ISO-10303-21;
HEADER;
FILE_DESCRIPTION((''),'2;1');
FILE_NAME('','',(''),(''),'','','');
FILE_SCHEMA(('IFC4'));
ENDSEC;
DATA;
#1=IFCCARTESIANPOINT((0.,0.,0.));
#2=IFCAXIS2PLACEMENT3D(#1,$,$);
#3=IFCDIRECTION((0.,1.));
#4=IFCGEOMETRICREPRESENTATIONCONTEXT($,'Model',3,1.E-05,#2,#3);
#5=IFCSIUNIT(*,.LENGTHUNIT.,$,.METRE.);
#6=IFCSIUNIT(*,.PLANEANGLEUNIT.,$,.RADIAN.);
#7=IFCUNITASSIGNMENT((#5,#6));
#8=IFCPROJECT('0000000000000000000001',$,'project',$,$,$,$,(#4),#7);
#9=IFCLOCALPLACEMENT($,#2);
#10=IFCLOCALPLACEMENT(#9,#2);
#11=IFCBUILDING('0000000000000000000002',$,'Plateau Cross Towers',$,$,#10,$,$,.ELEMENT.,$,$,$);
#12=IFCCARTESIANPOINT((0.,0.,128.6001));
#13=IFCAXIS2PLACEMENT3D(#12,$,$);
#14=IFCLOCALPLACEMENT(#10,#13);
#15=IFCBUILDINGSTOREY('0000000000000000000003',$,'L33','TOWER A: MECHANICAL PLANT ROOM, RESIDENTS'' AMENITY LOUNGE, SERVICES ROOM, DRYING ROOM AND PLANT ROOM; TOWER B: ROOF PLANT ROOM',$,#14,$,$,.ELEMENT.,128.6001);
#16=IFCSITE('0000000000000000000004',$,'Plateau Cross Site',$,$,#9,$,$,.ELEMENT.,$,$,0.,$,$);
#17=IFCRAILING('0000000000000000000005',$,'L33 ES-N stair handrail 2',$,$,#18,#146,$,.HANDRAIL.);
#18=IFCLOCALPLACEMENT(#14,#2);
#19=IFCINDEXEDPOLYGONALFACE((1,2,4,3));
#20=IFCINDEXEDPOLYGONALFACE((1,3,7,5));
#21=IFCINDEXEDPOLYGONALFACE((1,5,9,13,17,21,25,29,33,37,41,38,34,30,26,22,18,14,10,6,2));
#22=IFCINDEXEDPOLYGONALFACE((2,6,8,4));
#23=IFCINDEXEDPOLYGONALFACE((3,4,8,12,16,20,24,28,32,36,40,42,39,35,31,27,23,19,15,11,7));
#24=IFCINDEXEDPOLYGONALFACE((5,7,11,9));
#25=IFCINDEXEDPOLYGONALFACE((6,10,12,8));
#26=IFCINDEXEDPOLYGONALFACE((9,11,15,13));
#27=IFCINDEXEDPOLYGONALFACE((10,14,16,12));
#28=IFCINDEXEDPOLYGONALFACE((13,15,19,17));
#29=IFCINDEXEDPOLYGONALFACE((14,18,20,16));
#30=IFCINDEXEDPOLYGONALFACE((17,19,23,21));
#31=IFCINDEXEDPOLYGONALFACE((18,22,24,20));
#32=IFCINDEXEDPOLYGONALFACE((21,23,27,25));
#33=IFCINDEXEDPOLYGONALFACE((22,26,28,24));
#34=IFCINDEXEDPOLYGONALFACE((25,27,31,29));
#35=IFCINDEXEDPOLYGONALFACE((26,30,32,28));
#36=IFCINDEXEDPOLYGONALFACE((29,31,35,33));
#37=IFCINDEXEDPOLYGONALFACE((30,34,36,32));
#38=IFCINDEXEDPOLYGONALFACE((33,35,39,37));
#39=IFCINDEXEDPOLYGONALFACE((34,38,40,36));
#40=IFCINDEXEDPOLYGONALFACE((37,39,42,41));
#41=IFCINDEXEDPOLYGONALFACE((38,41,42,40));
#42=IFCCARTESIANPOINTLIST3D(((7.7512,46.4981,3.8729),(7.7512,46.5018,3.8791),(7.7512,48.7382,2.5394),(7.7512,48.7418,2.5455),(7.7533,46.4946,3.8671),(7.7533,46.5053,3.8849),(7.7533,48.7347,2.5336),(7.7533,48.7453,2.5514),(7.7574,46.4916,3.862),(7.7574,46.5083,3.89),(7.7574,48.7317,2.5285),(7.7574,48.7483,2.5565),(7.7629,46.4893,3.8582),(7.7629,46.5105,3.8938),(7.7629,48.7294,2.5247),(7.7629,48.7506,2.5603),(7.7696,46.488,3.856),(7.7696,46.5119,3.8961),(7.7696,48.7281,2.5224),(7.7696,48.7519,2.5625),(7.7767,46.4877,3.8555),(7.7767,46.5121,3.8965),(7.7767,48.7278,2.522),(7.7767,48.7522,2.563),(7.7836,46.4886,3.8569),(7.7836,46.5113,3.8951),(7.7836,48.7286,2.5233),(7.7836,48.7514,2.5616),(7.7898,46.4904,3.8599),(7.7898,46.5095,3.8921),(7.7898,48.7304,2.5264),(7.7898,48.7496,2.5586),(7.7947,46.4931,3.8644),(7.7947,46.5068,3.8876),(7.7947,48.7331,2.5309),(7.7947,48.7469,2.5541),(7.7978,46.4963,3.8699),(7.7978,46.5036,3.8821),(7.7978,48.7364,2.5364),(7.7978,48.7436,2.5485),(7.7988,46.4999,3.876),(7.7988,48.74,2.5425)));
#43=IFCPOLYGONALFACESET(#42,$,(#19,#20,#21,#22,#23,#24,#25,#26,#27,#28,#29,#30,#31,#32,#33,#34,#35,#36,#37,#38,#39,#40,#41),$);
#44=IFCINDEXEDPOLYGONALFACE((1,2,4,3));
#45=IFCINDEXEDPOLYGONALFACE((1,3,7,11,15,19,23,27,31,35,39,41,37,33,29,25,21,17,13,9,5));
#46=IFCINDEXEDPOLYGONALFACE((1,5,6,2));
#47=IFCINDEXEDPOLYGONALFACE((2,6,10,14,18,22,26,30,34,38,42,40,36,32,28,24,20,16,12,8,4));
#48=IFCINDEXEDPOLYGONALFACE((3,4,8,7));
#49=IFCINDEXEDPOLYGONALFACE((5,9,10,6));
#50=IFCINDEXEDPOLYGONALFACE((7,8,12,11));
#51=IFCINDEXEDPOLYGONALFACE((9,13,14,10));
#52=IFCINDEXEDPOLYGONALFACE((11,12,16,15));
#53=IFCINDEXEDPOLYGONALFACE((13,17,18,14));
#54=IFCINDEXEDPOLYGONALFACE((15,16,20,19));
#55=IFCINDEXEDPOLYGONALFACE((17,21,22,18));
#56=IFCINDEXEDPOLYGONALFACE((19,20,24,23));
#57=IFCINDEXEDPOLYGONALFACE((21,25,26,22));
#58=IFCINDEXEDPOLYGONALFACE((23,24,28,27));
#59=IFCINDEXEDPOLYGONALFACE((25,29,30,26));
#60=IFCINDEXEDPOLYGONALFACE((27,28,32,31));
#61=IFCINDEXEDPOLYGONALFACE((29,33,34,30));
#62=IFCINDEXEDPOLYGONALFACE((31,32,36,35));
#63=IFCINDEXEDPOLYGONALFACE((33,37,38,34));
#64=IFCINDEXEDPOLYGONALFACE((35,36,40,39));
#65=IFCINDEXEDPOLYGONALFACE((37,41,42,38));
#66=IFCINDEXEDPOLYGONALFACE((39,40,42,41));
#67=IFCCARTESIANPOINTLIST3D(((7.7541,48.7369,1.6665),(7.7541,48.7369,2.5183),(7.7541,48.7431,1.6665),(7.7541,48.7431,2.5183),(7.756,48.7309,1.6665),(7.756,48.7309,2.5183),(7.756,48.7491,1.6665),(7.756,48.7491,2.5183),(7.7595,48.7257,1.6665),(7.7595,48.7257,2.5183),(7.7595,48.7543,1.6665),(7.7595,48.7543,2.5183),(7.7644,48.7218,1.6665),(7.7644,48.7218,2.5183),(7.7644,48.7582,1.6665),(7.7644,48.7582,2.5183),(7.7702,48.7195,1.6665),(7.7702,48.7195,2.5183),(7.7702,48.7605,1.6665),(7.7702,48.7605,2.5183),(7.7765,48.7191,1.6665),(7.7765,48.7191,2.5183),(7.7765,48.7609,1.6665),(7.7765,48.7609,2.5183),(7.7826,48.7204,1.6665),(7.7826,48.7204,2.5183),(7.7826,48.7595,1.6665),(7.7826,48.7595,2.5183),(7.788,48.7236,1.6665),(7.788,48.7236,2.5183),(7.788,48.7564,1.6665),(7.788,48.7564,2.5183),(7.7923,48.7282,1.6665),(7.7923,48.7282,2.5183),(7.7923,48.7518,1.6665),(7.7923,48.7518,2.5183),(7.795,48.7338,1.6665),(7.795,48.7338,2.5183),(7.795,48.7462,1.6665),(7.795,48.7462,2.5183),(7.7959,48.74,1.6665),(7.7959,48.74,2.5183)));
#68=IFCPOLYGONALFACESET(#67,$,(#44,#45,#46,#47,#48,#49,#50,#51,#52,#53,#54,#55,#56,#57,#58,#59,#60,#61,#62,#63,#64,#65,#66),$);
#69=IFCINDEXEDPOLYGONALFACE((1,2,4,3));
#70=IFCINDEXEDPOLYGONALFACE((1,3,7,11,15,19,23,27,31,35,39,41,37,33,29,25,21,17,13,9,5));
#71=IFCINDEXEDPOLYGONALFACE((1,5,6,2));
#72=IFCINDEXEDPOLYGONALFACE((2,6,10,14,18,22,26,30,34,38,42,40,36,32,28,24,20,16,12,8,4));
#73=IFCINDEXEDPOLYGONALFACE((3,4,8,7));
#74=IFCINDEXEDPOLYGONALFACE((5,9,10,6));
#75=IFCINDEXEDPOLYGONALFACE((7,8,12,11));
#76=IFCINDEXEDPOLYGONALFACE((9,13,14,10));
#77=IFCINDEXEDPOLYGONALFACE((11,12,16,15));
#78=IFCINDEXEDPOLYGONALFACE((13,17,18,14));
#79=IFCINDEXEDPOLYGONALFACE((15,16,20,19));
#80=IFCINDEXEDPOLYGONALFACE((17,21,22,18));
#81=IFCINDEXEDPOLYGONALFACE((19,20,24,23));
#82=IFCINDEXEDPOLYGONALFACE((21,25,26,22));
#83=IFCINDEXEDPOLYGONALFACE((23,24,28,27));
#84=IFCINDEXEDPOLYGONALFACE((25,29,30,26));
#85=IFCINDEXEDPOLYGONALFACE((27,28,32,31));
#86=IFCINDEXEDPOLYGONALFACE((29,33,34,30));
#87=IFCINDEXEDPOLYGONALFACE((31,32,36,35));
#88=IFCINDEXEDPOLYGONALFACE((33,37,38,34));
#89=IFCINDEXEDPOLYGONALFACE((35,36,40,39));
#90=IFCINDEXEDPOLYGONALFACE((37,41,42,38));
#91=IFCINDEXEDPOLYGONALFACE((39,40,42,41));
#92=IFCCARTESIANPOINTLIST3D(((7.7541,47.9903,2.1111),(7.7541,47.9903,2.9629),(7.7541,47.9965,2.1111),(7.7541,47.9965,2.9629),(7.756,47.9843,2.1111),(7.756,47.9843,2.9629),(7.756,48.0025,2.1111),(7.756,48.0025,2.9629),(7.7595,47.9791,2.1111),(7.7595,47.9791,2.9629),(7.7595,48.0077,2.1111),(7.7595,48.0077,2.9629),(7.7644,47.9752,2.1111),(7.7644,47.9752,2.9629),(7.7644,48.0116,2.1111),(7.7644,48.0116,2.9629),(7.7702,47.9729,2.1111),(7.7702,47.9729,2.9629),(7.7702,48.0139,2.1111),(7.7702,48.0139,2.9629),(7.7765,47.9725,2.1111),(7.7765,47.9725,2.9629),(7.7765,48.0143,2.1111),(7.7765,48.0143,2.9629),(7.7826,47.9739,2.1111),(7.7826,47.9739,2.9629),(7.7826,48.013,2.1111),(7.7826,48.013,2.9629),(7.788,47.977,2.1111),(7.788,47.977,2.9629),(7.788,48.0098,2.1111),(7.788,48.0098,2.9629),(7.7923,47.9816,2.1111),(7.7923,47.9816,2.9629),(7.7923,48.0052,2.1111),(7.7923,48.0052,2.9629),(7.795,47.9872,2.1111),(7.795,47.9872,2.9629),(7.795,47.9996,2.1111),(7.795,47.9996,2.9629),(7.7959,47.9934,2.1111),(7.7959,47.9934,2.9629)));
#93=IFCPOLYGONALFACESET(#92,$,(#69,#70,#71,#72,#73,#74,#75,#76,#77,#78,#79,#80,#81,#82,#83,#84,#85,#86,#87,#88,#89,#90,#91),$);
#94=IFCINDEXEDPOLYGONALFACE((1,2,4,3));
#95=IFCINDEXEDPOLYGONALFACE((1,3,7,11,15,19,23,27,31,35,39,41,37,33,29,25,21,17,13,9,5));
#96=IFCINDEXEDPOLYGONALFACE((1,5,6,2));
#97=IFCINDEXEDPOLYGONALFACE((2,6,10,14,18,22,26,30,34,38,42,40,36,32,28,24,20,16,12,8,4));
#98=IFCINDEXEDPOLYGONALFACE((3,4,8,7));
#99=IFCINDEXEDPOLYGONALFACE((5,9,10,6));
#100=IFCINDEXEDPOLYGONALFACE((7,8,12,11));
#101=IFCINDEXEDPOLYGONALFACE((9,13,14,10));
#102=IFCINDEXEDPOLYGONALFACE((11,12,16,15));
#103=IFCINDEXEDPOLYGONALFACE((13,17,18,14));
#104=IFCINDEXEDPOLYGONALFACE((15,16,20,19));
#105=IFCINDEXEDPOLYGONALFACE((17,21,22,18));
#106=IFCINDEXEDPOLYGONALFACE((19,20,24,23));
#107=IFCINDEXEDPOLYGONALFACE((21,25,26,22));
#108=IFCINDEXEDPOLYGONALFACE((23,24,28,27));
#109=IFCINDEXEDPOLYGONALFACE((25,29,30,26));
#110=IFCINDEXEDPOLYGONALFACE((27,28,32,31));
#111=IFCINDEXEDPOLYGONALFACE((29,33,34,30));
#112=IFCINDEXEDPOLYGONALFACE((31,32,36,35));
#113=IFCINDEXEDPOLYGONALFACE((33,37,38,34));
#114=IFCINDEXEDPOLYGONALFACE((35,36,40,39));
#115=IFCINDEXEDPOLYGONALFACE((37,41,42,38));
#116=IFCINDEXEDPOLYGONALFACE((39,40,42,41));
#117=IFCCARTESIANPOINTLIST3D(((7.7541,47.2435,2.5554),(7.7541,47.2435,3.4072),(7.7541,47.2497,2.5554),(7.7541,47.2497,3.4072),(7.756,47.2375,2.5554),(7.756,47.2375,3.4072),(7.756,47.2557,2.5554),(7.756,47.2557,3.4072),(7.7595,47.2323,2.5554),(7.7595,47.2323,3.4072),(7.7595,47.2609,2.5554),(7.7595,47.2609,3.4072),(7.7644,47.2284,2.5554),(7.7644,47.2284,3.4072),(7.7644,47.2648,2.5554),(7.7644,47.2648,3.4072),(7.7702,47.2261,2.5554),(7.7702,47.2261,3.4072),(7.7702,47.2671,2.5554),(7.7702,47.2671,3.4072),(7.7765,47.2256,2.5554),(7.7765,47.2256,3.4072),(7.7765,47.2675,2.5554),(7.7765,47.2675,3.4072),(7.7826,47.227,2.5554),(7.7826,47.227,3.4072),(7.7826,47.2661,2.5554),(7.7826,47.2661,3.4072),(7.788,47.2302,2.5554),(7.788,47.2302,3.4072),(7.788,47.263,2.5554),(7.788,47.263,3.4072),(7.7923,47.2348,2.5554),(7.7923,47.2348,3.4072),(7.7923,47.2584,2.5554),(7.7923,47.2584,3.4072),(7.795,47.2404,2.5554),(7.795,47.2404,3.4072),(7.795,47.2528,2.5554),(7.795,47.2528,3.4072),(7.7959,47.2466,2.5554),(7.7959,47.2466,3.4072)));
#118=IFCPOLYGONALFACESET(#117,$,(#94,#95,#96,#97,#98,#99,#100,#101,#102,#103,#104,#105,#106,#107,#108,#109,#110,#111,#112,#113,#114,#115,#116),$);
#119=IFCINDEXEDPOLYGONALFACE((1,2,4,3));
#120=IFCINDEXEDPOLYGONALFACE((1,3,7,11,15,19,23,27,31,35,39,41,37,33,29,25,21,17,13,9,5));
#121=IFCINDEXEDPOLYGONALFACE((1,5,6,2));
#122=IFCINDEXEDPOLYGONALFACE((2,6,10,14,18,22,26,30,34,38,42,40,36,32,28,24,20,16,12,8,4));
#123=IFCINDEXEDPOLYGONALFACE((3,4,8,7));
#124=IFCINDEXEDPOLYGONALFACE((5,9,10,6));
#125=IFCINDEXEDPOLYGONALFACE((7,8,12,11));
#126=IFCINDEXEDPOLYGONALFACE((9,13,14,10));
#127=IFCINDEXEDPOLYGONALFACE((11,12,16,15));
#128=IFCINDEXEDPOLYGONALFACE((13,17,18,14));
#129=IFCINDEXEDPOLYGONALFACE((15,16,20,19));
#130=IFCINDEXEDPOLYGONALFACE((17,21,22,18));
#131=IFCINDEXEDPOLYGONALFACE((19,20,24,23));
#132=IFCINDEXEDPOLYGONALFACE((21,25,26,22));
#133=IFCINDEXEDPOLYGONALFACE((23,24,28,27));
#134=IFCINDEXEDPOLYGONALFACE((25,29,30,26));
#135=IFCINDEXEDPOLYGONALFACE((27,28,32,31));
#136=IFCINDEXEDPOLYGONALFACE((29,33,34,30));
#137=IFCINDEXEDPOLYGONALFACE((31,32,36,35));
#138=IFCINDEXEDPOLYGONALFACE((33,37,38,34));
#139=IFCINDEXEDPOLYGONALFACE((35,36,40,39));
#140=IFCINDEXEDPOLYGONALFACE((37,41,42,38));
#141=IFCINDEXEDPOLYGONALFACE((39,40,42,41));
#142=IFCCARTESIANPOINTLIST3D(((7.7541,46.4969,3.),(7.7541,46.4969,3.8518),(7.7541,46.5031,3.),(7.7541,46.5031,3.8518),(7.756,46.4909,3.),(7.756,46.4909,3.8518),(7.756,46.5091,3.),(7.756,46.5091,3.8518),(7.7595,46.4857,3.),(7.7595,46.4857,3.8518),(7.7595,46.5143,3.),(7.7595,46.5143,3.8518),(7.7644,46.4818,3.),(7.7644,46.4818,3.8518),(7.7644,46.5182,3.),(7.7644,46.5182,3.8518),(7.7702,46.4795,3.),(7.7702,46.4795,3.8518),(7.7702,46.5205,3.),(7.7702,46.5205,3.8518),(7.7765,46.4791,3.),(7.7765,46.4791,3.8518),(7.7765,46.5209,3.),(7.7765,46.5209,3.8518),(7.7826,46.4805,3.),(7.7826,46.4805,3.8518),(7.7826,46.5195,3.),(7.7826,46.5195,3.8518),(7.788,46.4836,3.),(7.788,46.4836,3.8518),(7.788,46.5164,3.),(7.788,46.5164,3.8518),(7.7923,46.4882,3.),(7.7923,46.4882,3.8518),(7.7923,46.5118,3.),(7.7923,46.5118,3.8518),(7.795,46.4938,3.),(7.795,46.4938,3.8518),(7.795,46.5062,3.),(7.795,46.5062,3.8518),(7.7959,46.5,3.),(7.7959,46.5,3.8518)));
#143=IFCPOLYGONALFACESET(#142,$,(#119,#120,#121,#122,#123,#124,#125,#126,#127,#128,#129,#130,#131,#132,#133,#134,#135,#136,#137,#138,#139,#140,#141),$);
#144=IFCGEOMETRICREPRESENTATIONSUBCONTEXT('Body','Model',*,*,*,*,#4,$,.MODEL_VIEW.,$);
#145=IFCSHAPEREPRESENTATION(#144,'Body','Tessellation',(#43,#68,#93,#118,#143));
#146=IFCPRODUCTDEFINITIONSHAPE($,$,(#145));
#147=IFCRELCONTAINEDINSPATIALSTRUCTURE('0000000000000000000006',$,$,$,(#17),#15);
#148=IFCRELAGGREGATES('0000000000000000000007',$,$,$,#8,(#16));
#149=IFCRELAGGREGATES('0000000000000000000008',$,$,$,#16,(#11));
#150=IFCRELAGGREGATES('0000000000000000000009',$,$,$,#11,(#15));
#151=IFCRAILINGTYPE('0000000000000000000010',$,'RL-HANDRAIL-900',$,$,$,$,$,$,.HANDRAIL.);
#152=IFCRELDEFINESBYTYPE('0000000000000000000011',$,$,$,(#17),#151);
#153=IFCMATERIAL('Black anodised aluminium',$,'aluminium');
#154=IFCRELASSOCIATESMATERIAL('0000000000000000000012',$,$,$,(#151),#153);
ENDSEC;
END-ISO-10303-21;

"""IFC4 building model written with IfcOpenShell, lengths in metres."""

from ifc_helpers import new_model, si_unit, direction, frame, origin, origin_2d, place, context, subcontext, project, spatial, circle, extrude, material, type_object, element, save


model = new_model("IFC4")

# Units and contexts
model_context = context("Model", 3, precision=1e-05, world=origin(), true_north=direction((0.0, 1.0)))
body_context = subcontext(model_context, "Body", "Model", "MODEL_VIEW")
ifc_project = project(units=[si_unit("LENGTHUNIT", "METRE"), si_unit("PLANEANGLEUNIT", "RADIAN")], contexts=[model_context])

# Site, building, storey
site_placement = place(None, origin())
site = spatial("IfcSite", under=ifc_project, at=site_placement, Name="Plateau Cross Site", CompositionType="ELEMENT", RefElevation=0.0)
building_placement = place(site_placement, origin())
building = spatial("IfcBuilding", under=site, at=building_placement, Name="Plateau Cross Towers", CompositionType="ELEMENT")
storey_placement = place(building_placement, frame((0.0, 0.0, 128.6001)))
storey = spatial("IfcBuildingStorey", under=building, at=storey_placement, Name="L33", Description="TOWER A: MECHANICAL PLANT ROOM, RESIDENTS' AMENITY LOUNGE, SERVICES ROOM, DRYING ROOM AND PLANT ROOM; TOWER B: ROOF PLANT ROOM", CompositionType="ELEMENT", Elevation=128.6001)

# Shared definitions
ifc_material_1 = material(Name="Black anodised aluminium", Category="aluminium")

# Railing
railing_type_1 = type_object("IfcRailingType", Name="RL-HANDRAIL-900", PredefinedType="HANDRAIL", material=ifc_material_1)
for number, where, name in (
    (1, (7.7749, 48.74, 1.6665), "L33 ES-N stair handrail 2"),
):
    element("IfcRailing", number, at=place(storey_placement, frame(where)), inside=storey, type_object=railing_type_1, Name=name, PredefinedType="HANDRAIL", context=body_context, shape_type="SweptSolid", body=[
        extrude(circle(Radius=0.0239, at=origin_2d()), frame((0.0, 0.0, 0.876), z_axis=(0.0, -0.859264, 0.511532), x_axis=(1.0, 0.0, 0.0)), (0.0, 0.0, 1.0), 2.6069),
        extrude(circle(Radius=0.021, at=origin_2d()), origin(), (0.0, 0.0, 1.0), 0.8518),
        extrude(circle(Radius=0.021, at=origin_2d()), frame((0.0, -0.7466, 0.4446)), (0.0, 0.0, 1.0), 0.8518),
        extrude(circle(Radius=0.021, at=origin_2d()), frame((0.0, -1.4934, 0.8889)), (0.0, 0.0, 1.0), 0.8518),
        extrude(circle(Radius=0.021, at=origin_2d()), frame((0.0, -2.24, 1.3335)), (0.0, 0.0, 1.0), 0.8518),
    ])

save(model, "model.ifc")
